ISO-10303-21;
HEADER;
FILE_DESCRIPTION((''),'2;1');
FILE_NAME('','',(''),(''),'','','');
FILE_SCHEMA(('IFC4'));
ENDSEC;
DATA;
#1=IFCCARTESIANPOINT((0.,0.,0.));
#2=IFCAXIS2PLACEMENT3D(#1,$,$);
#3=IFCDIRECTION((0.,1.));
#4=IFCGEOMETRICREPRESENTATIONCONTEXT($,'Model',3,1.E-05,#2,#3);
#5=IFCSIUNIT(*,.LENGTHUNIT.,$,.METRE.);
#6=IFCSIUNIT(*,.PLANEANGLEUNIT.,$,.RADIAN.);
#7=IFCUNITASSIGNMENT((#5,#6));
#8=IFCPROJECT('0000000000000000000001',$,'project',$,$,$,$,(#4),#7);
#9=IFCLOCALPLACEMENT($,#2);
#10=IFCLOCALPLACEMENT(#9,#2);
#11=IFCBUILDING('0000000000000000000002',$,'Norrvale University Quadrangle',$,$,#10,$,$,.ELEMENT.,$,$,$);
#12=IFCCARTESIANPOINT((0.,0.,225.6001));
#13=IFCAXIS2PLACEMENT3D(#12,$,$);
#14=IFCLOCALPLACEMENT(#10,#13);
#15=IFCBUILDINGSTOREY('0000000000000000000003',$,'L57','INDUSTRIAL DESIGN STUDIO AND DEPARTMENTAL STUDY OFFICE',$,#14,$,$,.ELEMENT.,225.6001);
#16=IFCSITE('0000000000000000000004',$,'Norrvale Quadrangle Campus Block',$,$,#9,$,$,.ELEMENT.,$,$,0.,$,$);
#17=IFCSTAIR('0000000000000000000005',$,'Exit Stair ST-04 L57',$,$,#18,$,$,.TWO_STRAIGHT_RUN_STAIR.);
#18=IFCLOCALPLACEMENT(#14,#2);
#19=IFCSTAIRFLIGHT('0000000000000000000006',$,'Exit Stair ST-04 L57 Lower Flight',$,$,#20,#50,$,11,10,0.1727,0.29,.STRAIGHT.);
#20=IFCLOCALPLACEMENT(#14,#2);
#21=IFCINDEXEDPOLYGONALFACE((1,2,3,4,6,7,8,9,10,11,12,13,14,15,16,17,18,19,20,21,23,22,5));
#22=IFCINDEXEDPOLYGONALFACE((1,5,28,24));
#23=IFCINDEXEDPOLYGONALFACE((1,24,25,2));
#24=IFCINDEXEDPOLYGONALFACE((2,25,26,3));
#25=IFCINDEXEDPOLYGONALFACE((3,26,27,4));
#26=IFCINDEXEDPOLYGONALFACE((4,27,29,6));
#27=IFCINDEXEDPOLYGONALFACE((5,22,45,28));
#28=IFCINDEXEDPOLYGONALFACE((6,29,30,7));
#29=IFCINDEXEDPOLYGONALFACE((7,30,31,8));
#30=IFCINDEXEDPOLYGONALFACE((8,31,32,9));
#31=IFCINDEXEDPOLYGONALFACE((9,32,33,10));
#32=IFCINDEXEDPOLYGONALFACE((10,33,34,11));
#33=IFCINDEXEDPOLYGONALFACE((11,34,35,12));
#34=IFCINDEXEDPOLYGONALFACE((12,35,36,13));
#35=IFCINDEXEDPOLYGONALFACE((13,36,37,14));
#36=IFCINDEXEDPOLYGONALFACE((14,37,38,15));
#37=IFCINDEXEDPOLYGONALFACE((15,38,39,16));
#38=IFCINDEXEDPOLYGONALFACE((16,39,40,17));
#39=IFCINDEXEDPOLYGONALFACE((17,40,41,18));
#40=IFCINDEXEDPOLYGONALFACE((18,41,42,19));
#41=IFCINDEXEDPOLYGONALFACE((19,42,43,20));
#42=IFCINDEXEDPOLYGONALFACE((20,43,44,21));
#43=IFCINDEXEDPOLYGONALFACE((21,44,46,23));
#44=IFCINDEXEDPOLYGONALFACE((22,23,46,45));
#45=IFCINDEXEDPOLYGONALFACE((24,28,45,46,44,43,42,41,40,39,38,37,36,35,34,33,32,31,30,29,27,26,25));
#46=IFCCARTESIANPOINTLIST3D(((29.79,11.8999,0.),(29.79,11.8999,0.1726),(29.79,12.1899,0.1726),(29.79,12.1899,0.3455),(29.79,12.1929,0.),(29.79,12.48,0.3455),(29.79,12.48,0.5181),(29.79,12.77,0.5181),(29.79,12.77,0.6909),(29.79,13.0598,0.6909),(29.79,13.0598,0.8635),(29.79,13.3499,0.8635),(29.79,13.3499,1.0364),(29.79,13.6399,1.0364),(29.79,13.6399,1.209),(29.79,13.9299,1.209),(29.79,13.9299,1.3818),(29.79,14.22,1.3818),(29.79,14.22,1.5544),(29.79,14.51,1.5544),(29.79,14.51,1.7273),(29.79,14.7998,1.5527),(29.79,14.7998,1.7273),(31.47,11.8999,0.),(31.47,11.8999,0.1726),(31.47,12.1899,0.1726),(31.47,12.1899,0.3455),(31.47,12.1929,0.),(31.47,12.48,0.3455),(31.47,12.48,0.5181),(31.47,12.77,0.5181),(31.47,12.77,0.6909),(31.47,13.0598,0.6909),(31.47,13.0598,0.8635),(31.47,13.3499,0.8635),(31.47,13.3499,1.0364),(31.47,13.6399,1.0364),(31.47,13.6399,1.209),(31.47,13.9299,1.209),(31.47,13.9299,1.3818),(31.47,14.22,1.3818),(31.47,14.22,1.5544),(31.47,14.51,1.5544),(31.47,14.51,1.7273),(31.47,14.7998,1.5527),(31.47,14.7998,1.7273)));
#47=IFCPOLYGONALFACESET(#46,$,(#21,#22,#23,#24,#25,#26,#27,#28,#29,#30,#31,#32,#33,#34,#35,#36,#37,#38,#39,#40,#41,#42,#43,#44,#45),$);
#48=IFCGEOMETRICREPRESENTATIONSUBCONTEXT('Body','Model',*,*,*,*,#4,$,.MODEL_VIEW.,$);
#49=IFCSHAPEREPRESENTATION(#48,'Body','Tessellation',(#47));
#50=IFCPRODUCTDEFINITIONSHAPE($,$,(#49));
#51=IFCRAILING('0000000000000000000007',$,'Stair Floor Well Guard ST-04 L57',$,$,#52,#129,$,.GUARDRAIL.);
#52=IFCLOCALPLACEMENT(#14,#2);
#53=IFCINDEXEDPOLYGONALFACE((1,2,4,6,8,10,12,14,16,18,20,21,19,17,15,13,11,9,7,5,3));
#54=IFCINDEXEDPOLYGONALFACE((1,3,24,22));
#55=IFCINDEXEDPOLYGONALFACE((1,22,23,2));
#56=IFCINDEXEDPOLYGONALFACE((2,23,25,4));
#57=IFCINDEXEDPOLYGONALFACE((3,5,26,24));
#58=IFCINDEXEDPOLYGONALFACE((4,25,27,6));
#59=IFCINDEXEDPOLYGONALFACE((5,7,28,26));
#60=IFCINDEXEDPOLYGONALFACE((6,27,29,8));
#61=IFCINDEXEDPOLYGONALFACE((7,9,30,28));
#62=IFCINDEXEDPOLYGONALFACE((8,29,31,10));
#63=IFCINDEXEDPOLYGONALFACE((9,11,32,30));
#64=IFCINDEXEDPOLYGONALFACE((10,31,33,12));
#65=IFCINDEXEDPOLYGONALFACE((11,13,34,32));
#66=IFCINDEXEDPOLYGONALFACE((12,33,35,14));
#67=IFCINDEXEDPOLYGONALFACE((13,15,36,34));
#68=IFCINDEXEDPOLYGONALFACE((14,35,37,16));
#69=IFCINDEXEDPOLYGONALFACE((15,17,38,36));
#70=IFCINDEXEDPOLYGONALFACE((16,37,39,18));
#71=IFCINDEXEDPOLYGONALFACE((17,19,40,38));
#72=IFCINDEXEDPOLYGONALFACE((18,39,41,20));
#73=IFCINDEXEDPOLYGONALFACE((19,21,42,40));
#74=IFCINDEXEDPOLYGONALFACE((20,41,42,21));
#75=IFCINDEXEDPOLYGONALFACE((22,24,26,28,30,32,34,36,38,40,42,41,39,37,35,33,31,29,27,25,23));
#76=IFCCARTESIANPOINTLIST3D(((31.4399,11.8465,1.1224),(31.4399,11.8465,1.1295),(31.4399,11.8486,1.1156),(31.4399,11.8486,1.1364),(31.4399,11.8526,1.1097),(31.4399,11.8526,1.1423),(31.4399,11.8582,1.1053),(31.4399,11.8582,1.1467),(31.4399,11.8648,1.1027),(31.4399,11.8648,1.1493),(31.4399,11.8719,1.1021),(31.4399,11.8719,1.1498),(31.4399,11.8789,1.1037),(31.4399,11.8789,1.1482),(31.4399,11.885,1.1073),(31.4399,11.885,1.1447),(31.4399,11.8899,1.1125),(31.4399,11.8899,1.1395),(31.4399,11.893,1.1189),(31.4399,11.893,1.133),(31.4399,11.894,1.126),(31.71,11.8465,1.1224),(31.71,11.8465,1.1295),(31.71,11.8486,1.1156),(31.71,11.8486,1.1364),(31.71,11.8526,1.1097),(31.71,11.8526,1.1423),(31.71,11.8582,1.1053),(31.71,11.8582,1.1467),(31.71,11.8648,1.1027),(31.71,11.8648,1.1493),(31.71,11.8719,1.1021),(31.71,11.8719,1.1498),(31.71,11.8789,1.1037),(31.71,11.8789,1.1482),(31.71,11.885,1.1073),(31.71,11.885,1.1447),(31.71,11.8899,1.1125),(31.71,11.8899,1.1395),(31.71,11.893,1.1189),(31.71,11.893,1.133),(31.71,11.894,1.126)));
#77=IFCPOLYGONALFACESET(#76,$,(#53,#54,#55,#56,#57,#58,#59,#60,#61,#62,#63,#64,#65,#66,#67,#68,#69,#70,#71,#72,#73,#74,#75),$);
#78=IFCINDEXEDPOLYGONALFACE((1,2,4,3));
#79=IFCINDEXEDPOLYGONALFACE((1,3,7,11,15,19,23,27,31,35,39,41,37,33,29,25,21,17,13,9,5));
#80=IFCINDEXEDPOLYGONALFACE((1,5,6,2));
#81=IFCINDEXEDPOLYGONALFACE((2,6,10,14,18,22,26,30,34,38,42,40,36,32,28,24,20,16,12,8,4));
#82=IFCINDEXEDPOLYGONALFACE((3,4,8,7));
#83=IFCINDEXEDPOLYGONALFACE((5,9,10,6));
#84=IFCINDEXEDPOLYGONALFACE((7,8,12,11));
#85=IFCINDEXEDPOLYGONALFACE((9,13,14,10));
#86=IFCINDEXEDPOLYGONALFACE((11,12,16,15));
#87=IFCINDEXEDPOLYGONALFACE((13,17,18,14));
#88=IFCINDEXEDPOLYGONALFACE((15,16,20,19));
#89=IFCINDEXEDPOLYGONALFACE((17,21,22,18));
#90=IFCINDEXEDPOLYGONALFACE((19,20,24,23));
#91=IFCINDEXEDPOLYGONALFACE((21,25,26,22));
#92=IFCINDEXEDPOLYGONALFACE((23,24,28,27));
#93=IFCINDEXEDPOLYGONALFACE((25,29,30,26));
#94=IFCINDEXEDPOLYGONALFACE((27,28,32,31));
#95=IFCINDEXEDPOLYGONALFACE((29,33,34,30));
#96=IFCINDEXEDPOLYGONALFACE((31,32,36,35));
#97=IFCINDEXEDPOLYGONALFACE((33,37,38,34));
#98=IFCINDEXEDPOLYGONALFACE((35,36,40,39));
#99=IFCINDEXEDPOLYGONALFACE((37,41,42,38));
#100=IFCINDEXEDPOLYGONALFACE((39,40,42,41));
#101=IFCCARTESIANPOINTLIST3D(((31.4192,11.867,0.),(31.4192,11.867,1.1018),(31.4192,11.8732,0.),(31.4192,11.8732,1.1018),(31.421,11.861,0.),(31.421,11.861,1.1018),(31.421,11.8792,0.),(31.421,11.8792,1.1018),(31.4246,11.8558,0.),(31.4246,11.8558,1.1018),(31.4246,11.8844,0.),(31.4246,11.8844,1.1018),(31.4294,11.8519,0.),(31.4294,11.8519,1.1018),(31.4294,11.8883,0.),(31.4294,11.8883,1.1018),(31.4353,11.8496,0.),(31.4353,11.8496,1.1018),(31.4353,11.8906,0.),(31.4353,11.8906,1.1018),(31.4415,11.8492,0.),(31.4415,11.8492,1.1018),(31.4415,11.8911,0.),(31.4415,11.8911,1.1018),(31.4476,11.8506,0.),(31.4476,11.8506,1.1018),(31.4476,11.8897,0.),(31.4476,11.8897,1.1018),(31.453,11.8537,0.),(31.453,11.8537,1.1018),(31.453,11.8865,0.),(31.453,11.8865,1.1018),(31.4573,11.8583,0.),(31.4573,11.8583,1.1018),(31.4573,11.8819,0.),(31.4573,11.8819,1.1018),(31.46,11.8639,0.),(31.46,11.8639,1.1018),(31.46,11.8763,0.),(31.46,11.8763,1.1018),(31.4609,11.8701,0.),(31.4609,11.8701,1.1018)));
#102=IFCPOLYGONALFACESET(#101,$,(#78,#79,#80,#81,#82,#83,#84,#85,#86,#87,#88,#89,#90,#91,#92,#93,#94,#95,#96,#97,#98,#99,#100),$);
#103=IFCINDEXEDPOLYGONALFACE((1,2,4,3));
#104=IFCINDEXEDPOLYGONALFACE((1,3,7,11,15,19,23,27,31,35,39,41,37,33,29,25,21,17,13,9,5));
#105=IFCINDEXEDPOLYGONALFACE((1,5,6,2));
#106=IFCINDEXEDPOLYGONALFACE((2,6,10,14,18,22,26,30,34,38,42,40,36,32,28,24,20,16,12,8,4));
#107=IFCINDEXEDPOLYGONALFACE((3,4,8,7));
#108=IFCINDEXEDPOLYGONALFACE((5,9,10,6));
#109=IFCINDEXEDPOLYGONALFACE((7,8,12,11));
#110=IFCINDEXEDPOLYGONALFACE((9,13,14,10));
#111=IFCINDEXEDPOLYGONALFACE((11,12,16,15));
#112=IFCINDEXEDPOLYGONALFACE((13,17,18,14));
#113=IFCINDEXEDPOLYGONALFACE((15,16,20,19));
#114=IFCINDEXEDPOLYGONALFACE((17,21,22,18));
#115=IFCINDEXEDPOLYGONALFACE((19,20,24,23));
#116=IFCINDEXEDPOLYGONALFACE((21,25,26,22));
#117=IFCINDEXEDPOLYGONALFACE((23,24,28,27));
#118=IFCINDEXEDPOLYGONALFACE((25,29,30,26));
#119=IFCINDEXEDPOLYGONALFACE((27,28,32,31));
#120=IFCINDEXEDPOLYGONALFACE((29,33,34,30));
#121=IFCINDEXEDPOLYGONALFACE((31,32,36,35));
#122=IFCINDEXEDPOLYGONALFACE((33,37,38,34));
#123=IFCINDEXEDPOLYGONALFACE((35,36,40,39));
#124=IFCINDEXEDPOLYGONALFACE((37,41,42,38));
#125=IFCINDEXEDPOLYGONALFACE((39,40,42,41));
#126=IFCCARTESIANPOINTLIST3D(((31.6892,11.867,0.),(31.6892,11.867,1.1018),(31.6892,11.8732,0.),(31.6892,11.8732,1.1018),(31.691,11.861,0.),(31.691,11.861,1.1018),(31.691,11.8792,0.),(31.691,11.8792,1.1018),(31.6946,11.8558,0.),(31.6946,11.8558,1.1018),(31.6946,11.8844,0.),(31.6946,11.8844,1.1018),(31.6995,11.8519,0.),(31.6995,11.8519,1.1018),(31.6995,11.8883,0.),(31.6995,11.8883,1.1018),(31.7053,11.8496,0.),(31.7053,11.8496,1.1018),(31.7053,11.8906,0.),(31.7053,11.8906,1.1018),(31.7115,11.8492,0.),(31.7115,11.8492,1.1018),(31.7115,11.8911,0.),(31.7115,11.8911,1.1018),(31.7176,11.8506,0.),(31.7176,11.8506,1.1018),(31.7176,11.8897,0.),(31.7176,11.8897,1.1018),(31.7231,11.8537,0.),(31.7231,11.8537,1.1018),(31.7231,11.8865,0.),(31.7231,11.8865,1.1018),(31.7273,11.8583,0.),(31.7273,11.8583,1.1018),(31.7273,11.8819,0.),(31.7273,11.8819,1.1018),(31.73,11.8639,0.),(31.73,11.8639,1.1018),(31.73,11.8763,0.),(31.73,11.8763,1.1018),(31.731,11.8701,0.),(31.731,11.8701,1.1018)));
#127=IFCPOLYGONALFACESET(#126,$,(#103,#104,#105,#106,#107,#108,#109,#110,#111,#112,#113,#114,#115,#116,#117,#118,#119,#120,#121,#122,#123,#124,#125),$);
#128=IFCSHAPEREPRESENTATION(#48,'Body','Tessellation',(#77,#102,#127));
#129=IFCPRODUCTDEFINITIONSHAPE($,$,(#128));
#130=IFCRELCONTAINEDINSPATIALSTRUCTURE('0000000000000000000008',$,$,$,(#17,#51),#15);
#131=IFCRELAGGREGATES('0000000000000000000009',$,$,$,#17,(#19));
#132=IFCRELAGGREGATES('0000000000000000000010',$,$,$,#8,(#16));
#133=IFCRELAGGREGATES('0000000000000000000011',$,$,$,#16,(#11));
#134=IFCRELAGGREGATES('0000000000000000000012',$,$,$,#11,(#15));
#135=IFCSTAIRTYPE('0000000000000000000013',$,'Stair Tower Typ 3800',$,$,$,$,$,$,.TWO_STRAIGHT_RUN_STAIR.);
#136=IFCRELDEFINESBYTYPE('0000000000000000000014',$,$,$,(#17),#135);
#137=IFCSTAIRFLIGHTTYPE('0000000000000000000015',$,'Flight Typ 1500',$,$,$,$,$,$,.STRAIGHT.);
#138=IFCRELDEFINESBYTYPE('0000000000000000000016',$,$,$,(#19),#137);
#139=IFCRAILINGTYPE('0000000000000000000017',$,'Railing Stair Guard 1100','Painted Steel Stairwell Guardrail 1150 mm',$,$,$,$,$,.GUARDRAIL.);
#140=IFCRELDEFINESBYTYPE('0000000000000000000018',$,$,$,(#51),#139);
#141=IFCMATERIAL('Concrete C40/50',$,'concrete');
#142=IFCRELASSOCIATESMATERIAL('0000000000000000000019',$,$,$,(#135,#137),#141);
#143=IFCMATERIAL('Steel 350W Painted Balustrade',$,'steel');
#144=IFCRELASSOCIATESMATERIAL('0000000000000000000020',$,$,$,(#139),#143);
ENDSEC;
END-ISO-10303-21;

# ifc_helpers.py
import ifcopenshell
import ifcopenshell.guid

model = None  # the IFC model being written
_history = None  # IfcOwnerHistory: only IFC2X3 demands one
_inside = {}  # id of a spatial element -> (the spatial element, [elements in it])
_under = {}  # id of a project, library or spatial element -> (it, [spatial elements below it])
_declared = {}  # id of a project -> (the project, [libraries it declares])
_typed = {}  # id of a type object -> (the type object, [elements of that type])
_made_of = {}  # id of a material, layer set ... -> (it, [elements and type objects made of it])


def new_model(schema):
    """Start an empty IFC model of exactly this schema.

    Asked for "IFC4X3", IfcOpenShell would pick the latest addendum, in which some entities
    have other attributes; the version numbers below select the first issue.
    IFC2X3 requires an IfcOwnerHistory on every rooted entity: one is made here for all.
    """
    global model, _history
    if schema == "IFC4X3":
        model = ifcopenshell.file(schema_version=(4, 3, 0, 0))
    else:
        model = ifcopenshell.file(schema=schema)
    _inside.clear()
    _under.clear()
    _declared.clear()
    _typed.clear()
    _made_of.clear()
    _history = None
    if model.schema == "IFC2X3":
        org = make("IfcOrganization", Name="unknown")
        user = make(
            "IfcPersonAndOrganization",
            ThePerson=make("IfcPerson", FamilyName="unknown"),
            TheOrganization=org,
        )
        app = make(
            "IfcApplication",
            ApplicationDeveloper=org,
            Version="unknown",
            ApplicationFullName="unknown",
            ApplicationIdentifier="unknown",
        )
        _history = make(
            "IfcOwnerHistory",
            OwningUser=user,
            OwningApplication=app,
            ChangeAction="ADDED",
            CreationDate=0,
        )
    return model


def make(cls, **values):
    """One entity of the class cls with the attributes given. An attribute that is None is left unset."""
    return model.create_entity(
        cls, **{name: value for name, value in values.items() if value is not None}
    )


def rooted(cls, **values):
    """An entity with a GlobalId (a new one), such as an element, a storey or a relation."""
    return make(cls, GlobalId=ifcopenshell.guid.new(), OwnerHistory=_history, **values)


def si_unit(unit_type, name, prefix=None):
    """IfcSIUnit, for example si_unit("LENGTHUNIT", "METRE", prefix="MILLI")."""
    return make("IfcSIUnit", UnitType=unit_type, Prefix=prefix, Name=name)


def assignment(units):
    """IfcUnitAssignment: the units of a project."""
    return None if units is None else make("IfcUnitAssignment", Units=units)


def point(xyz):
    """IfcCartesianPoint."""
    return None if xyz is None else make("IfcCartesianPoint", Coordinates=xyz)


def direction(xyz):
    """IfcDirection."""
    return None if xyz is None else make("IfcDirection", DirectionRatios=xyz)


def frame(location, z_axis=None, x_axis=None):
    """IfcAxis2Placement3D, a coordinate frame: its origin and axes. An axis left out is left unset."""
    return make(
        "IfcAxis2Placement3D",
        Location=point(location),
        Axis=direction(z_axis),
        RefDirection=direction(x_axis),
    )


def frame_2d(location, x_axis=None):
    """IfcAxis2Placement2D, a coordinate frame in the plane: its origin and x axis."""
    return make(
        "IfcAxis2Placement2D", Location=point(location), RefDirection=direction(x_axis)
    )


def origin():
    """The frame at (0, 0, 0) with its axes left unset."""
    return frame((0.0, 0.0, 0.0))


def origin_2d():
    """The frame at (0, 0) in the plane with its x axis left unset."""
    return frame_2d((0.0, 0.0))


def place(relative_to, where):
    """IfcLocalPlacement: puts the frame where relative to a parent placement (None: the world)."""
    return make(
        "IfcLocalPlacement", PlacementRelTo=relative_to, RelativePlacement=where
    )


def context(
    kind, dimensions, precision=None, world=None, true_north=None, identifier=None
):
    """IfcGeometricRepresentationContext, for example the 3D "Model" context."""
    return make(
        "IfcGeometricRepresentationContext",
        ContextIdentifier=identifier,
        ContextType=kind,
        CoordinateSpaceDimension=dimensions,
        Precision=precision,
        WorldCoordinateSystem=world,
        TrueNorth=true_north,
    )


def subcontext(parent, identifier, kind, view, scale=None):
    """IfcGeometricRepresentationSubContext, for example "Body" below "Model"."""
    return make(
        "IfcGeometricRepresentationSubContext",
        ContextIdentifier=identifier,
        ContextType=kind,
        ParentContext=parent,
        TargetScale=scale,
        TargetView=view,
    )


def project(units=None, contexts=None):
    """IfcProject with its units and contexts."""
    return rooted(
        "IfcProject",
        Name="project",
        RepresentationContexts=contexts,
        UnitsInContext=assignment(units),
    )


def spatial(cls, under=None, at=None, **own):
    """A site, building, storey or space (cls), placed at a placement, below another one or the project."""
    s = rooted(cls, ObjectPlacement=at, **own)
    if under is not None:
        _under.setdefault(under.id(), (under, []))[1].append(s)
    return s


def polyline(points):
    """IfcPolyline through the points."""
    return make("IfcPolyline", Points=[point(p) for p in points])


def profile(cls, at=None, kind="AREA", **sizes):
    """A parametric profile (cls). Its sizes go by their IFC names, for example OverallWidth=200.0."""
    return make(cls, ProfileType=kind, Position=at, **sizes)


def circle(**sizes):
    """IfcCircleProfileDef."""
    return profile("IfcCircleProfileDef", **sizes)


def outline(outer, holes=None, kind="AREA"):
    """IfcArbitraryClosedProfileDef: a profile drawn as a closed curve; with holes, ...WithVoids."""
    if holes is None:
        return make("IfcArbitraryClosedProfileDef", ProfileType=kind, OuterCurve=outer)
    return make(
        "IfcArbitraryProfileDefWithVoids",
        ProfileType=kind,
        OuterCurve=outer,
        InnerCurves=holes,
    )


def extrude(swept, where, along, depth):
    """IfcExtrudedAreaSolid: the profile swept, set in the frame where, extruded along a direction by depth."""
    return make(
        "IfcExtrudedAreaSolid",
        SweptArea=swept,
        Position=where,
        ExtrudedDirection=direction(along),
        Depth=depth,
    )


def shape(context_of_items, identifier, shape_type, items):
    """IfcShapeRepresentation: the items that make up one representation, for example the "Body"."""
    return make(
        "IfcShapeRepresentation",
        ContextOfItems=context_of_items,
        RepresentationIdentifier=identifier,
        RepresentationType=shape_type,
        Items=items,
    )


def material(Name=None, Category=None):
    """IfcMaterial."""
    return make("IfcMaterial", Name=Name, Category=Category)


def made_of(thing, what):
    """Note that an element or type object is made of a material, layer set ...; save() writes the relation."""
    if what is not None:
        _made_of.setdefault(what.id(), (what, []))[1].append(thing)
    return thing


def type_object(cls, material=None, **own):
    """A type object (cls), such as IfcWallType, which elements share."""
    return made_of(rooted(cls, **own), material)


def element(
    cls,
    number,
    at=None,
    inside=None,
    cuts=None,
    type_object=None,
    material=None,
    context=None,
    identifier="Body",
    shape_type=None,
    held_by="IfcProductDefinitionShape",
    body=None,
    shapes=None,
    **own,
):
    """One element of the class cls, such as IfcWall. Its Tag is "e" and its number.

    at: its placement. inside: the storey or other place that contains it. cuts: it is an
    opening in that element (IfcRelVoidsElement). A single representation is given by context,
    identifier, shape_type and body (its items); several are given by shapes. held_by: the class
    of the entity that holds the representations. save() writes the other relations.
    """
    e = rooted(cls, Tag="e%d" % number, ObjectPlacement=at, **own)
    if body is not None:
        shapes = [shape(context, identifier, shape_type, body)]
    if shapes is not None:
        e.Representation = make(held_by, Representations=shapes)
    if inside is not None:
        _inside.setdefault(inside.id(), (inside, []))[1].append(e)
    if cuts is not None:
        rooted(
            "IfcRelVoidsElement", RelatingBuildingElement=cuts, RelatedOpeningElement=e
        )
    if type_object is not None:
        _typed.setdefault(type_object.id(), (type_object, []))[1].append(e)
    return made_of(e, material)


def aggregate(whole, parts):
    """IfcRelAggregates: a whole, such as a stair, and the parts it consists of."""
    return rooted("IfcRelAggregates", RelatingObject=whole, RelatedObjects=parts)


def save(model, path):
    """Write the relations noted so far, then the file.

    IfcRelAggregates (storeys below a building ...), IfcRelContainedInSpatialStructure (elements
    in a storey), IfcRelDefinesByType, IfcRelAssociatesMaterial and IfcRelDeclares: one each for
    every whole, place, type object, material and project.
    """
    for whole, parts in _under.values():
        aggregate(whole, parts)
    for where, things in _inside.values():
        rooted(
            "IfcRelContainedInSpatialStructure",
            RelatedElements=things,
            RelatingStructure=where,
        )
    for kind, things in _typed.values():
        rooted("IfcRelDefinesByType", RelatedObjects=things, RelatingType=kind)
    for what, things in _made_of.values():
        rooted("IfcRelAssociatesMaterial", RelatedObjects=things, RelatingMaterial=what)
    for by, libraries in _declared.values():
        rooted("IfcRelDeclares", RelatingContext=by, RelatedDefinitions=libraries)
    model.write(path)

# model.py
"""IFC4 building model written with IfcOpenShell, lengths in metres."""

from ifc_helpers import new_model, si_unit, direction, frame, origin, origin_2d, place, context, subcontext, project, spatial, polyline, circle, outline, extrude, material, type_object, element, aggregate, save


model = new_model("IFC4")

# Units and contexts
model_context = context("Model", 3, precision=1e-05, world=origin(), true_north=direction((0.0, 1.0)))
body_context = subcontext(model_context, "Body", "Model", "MODEL_VIEW")
ifc_project = project(units=[si_unit("LENGTHUNIT", "METRE"), si_unit("PLANEANGLEUNIT", "RADIAN")], contexts=[model_context])

# Site, building, storey
site_placement = place(None, origin())
site = spatial("IfcSite", under=ifc_project, at=site_placement, Name="Norrvale Quadrangle Campus Block", CompositionType="ELEMENT", RefElevation=0.0)
building_placement = place(site_placement, origin())
building = spatial("IfcBuilding", under=site, at=building_placement, Name="Norrvale University Quadrangle", CompositionType="ELEMENT")
storey_placement = place(building_placement, frame((0.0, 0.0, 225.6001)))
storey = spatial("IfcBuildingStorey", under=building, at=storey_placement, Name="L57", Description="INDUSTRIAL DESIGN STUDIO AND DEPARTMENTAL STUDY OFFICE", CompositionType="ELEMENT", Elevation=225.6001)

# Stair, stair flight
ifc_material_1 = material(Name="Concrete C40/50", Category="concrete")
stair_type = type_object("IfcStairType", Name="Stair Tower Typ 3800", PredefinedType="TWO_STRAIGHT_RUN_STAIR", material=ifc_material_1)
stair_placement = place(storey_placement, origin())
stair = element("IfcStair", 1, at=stair_placement, inside=storey, type_object=stair_type, Name="Exit Stair ST-04 L57", PredefinedType="TWO_STRAIGHT_RUN_STAIR")
stair_flight_type = type_object("IfcStairFlightType", Name="Flight Typ 1500", PredefinedType="STRAIGHT", material=ifc_material_1)
stair_flight_placement = place(storey_placement, frame((30.6299, 11.8999, 0.0), z_axis=(0.0, 0.0, 1.0), x_axis=(0.0, 1.0, 0.0)))
stair_flight = element("IfcStairFlight", 2, at=stair_flight_placement, type_object=stair_flight_type, Name="Exit Stair ST-04 L57 Lower Flight", NumberOfRisers=11, NumberOfTreads=10, PredefinedType="STRAIGHT", RiserHeight=0.1727, TreadLength=0.29, context=body_context, shape_type="SweptSolid", body=[
    extrude(outline(polyline([(0.0, 0.0), (0.0, 0.1726), (0.29, 0.1726), (0.29, 0.3455), (0.5801, 0.3455), (0.5801, 0.5181), (0.8701, 0.5181), (0.8701, 0.6909), (1.1599, 0.6909), (1.1599, 0.8635), (1.45, 0.8635), (1.45, 1.0364), (1.74, 1.0364), (1.74, 1.209), (2.03, 1.209), (2.03, 1.3818), (2.3201, 1.3818), (2.3201, 1.5544), (2.6101, 1.5544), (2.6101, 1.7273), (2.8999, 1.7273), (2.8999, 1.8999), (2.8999, 1.5527), (0.293, 0.0), (0.0, 0.0)])), frame((0.0, 0.8398, 0.0), z_axis=(0.0, -1.0, 0.0), x_axis=(1.0, 0.0, 0.0)), (0.0, 0.0, 1.0), 1.6799),
])
aggregate(stair, [stair_flight])

# Railing
ifc_material_2 = material(Name="Steel 350W Painted Balustrade", Category="steel")
railing_type_1 = type_object("IfcRailingType", Name="Railing Stair Guard 1100", Description="Painted Steel Stairwell Guardrail 1150 mm", PredefinedType="GUARDRAIL", material=ifc_material_2)
railing_1_placement = place(storey_placement, frame((31.4399, 11.8701, 0.0)))
element("IfcRailing", 3, at=railing_1_placement, inside=storey, type_object=railing_type_1, Name="Stair Floor Well Guard ST-04 L57", PredefinedType="GUARDRAIL", context=body_context, shape_type="SweptSolid", body=[
    extrude(circle(Radius=0.0239, at=origin_2d()), frame((0.0, 0.0, 1.126), z_axis=(1.0, 0.0, 0.0), x_axis=(0.0, 1.0, 0.0)), (0.0, 0.0, 1.0), 0.27),
    extrude(circle(Radius=0.021, at=origin_2d()), origin(), (0.0, 0.0, 1.0), 1.1018),
    extrude(circle(Radius=0.021, at=origin_2d()), frame((0.27, 0.0, 0.0)), (0.0, 0.0, 1.0), 1.1018),
])

save(model, "model.ifc")
